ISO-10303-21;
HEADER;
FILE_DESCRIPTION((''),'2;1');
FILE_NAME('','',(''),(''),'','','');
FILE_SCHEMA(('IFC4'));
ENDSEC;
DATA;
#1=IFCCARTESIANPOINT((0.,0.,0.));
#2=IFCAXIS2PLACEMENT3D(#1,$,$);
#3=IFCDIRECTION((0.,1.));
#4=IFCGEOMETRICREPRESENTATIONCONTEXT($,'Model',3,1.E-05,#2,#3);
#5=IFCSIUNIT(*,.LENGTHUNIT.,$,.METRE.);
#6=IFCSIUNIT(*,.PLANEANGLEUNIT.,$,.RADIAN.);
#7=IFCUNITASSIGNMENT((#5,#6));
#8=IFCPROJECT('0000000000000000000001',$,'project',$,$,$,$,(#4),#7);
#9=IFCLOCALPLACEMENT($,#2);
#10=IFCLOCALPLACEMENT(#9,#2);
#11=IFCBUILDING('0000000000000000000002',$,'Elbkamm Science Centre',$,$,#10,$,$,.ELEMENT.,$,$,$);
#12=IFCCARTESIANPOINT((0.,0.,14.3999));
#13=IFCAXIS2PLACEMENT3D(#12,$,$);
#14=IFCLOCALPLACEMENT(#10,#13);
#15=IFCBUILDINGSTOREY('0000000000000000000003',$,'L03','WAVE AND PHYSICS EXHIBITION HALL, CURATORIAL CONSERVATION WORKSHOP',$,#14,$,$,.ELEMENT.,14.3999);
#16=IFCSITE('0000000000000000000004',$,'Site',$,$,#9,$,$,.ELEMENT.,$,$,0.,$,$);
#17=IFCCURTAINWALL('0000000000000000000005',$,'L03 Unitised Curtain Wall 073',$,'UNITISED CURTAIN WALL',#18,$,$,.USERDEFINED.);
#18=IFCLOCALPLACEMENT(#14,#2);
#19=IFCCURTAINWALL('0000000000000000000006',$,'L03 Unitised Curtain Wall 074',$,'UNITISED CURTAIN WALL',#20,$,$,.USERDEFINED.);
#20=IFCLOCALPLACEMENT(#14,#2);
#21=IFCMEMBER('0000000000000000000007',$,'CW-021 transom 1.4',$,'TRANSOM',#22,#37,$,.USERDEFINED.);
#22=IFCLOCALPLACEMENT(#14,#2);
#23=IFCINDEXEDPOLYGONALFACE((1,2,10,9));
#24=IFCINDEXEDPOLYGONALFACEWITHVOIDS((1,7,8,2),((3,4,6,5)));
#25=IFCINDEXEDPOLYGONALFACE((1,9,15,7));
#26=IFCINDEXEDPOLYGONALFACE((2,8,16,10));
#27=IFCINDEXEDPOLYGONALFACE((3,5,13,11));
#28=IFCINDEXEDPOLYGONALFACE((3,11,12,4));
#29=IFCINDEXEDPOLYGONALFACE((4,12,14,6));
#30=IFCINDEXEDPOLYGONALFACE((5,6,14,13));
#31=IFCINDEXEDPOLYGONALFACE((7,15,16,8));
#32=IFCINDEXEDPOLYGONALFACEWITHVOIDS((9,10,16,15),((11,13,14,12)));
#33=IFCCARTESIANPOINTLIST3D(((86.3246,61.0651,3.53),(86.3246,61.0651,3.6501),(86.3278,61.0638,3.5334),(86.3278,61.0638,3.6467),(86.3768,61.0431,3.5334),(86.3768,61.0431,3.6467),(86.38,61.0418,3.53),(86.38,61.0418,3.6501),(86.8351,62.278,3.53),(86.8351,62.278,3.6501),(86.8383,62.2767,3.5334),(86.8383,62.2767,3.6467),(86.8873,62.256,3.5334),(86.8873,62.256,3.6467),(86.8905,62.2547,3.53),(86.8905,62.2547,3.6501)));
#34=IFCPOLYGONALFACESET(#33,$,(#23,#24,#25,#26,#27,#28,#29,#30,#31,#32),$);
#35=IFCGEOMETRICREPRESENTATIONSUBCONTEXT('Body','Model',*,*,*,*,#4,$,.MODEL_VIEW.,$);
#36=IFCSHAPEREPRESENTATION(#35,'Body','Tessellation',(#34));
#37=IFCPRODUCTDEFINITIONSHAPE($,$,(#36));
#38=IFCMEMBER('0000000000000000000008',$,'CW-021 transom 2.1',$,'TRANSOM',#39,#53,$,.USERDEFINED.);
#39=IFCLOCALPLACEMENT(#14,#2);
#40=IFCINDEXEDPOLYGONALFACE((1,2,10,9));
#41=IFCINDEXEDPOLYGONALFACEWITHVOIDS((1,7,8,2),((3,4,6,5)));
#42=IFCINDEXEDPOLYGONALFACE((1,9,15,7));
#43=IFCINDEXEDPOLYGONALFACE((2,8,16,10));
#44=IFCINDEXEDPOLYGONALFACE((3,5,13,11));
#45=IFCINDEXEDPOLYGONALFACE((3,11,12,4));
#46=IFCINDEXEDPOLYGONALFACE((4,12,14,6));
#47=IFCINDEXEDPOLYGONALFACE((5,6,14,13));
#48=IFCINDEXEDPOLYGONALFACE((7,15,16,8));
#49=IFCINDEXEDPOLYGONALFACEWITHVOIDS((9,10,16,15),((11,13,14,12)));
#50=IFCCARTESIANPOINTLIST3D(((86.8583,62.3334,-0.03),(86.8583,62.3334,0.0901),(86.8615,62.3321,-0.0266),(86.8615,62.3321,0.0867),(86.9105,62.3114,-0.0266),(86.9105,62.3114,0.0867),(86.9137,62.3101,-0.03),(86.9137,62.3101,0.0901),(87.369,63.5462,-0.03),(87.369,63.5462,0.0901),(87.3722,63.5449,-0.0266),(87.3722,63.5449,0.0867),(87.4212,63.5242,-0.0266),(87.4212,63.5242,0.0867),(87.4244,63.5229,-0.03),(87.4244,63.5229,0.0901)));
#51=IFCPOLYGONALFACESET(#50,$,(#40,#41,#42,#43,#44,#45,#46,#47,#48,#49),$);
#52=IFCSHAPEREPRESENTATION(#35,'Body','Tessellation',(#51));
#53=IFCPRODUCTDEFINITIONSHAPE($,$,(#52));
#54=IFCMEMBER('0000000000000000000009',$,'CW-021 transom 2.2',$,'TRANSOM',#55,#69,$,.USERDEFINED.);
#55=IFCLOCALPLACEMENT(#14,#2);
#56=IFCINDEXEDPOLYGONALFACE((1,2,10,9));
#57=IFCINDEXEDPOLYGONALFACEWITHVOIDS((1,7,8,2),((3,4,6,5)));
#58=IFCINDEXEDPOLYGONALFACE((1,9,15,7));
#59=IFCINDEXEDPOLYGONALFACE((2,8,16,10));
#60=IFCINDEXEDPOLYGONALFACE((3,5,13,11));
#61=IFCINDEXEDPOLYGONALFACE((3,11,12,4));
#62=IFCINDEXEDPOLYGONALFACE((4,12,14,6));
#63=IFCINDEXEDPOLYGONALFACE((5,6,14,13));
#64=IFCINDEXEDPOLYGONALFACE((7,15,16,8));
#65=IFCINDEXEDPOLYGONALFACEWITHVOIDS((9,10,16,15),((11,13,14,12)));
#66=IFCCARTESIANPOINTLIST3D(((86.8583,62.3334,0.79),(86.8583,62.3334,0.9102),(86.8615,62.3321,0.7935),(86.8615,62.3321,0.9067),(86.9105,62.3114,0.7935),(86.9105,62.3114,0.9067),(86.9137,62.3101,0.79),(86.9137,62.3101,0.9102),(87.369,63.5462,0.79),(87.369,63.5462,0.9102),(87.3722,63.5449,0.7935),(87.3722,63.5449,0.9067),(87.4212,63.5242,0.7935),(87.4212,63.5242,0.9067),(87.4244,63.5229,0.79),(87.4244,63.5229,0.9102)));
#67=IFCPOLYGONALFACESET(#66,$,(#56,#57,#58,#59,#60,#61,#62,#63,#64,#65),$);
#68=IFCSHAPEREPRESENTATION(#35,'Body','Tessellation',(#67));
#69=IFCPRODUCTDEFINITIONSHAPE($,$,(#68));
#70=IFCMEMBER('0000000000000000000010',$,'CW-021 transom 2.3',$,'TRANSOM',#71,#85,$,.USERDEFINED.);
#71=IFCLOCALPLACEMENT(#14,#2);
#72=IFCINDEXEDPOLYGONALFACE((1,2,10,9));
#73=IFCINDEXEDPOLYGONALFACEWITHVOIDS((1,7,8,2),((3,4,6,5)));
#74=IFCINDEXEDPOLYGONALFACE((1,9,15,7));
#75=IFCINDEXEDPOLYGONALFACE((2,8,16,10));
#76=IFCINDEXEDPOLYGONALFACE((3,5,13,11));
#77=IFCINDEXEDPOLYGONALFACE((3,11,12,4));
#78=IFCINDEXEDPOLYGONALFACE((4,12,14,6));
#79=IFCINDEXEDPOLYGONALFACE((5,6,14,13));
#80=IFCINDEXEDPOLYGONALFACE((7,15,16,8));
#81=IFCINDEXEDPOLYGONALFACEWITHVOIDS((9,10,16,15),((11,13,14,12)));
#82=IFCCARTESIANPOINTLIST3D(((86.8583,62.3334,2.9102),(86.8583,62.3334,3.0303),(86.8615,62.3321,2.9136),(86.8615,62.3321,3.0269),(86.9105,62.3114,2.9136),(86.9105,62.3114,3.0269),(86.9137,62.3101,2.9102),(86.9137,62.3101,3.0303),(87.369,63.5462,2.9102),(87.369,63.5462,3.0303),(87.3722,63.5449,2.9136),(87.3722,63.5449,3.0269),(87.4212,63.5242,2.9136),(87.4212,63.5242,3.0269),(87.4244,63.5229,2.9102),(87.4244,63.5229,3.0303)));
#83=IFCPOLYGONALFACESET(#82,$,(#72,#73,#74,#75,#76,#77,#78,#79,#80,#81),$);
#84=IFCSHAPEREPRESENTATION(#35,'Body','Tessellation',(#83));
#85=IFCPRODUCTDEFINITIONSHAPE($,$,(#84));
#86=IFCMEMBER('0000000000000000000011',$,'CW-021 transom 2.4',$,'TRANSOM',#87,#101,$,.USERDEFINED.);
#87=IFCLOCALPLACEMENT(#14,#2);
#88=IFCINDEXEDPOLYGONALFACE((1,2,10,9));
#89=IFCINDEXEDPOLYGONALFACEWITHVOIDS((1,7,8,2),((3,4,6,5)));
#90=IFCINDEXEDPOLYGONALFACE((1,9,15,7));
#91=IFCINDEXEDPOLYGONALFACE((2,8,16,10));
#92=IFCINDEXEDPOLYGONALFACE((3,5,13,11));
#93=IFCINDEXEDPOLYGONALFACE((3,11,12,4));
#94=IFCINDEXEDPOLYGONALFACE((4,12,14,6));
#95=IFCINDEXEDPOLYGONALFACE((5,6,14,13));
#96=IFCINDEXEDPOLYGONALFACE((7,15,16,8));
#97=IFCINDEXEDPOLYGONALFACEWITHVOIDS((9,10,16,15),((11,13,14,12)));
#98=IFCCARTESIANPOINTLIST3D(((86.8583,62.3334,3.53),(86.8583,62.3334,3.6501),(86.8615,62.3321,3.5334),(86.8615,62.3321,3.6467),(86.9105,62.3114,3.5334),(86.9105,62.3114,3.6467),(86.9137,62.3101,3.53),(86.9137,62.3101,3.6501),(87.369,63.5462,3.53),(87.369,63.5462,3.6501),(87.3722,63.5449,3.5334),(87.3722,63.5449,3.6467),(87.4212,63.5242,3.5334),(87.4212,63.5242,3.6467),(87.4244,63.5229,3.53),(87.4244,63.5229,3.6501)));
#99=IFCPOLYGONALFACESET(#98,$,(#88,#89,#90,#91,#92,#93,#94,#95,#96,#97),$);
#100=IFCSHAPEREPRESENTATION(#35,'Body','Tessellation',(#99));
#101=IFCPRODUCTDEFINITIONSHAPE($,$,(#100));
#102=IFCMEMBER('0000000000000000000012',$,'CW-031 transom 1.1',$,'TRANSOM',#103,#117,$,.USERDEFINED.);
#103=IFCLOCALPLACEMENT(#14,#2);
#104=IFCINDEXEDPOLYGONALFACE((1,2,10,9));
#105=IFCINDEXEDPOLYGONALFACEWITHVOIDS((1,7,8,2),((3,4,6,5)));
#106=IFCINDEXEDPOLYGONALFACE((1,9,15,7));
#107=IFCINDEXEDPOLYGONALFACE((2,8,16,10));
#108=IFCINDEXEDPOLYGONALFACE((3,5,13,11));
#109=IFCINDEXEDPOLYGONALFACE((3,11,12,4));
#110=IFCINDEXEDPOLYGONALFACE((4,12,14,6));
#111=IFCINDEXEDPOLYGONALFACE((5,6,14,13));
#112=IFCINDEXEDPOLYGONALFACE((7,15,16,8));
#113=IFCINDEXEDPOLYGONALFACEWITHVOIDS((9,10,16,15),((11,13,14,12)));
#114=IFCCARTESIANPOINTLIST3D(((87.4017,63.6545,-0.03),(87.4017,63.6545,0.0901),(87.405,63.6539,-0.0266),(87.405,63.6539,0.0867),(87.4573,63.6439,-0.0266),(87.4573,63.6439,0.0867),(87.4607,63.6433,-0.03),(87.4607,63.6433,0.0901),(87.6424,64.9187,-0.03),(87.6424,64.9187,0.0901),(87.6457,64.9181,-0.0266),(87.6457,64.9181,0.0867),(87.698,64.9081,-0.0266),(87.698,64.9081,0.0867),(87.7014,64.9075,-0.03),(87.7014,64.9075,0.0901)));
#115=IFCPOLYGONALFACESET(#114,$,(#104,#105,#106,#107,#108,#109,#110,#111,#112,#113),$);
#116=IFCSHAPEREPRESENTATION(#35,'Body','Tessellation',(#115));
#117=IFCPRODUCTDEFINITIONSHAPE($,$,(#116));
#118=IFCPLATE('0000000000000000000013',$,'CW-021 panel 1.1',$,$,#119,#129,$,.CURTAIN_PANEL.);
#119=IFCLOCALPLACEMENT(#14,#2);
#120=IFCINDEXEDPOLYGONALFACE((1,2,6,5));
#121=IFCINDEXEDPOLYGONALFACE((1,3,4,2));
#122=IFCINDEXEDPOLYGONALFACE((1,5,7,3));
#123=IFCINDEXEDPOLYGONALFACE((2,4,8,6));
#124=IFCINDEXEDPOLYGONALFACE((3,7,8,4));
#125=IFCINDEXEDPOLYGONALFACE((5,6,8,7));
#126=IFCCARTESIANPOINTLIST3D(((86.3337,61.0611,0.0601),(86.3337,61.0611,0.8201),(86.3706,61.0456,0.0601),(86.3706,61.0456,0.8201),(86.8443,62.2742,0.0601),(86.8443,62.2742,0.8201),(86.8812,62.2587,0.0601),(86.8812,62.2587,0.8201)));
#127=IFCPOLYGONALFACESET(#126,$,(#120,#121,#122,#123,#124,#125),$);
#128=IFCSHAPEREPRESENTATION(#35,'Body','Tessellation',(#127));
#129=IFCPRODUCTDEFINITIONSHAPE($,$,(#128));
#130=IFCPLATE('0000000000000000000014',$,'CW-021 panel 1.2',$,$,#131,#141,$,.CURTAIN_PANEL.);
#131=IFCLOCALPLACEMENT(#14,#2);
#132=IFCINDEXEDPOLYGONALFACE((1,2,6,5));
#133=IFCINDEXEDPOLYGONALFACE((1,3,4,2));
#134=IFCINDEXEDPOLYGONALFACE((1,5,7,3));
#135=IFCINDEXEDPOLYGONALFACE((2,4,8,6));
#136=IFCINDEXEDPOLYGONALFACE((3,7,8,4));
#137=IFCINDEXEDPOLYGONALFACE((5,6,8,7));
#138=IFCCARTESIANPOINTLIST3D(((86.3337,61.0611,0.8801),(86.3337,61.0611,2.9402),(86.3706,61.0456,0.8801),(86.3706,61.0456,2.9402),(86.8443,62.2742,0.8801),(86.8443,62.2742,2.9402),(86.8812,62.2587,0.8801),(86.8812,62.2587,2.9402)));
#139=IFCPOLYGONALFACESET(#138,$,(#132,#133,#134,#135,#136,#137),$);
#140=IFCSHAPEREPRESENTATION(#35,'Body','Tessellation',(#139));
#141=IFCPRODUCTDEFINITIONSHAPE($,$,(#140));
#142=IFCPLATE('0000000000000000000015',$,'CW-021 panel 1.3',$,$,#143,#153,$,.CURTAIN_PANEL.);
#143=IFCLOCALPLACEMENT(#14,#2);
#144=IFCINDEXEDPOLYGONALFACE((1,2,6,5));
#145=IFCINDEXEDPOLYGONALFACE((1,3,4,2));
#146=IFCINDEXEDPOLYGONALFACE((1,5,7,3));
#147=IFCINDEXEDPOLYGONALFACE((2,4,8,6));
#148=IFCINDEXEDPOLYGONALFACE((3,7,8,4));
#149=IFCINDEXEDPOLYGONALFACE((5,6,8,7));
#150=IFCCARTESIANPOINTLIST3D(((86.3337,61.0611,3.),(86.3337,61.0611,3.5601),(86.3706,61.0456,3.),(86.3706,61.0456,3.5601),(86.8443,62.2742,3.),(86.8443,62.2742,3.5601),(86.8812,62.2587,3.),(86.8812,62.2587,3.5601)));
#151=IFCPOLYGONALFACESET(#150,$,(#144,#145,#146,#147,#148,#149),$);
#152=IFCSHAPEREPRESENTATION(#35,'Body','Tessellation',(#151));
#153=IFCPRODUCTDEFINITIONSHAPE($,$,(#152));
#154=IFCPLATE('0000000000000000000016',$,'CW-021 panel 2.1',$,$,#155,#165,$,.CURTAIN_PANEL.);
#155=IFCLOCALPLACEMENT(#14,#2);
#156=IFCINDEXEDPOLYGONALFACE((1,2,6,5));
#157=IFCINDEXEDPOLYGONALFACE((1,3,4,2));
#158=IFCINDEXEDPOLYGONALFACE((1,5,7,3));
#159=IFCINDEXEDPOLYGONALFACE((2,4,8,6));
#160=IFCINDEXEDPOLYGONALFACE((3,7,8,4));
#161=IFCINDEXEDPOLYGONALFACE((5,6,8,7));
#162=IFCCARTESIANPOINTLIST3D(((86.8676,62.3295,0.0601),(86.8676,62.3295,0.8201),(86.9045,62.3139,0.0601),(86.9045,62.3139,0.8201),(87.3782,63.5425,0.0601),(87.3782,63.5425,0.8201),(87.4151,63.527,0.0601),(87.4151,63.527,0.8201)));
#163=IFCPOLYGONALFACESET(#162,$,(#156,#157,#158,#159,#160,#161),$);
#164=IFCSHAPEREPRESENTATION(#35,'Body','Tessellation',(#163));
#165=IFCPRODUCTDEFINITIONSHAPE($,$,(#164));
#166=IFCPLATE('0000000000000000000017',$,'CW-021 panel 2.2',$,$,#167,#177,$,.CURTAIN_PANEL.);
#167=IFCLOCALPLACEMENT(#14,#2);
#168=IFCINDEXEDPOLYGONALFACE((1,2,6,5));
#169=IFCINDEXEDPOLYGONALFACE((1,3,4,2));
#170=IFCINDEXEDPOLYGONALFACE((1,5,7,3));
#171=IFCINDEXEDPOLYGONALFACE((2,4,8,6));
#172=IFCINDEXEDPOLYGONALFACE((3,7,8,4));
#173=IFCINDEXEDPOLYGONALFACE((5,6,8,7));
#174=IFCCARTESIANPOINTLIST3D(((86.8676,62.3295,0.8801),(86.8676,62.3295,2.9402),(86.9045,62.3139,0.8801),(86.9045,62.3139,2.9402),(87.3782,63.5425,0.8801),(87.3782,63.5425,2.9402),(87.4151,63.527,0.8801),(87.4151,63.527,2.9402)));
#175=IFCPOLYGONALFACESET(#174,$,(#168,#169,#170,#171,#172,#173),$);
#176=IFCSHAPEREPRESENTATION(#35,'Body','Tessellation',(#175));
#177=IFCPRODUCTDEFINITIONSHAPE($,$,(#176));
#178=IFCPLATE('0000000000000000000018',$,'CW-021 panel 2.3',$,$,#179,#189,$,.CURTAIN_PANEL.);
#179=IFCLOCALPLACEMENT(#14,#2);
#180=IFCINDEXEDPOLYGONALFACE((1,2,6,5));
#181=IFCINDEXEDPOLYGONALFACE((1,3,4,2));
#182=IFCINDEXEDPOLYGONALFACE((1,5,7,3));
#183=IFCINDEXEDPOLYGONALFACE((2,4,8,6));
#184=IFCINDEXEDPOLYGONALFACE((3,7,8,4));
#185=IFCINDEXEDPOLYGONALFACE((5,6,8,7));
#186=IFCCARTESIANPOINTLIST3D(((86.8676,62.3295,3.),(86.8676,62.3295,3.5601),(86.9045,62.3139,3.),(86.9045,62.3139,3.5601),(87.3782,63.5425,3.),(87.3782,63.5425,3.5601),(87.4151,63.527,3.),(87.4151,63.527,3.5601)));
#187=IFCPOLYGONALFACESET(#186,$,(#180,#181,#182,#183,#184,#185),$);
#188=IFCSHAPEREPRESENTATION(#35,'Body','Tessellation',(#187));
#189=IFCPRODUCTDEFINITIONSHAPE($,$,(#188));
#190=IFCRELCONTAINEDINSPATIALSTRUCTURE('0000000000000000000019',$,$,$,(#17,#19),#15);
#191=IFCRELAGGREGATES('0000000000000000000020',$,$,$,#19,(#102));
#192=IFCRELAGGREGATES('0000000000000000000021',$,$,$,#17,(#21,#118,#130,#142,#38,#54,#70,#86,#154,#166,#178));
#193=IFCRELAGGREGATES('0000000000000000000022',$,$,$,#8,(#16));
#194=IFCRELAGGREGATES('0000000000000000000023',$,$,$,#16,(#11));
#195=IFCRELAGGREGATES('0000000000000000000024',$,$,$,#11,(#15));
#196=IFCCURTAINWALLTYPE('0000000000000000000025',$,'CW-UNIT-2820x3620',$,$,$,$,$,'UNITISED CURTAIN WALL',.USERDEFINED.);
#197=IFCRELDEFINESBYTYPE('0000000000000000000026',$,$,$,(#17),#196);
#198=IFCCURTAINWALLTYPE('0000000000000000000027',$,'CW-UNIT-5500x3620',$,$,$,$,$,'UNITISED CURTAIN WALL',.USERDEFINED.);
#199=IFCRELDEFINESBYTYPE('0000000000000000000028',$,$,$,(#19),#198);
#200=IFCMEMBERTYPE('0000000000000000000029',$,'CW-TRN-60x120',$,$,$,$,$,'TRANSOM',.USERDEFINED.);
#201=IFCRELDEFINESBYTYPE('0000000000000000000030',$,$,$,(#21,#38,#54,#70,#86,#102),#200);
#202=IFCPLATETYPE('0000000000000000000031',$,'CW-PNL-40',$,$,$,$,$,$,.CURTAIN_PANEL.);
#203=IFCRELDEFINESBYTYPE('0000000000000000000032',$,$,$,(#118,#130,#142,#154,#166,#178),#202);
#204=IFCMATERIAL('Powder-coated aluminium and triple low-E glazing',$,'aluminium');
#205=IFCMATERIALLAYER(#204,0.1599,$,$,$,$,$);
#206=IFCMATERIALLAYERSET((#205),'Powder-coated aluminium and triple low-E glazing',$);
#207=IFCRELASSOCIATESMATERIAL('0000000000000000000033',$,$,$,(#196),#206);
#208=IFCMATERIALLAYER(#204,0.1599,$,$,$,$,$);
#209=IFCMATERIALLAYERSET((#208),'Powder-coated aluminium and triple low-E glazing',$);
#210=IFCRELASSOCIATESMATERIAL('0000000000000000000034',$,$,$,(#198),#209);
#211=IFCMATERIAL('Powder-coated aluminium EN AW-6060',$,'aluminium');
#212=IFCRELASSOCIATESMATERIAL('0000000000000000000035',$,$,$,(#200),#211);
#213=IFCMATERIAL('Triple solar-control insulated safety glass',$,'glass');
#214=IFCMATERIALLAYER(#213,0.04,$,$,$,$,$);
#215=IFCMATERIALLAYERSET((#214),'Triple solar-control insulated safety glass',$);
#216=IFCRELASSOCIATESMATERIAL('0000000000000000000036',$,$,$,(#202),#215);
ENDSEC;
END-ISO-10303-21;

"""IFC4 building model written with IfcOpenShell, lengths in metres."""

from ifc_helpers import new_model, si_unit, direction, frame, origin, origin_2d, place, context, subcontext, project, spatial, rectangle, hollow_rectangle, extrude, material, layer, layer_set, material_profile, profile_set, type_object, element, aggregate, save


model = new_model("IFC4")

# Units and contexts
model_context = context("Model", 3, precision=1e-05, world=origin(), true_north=direction((0.0, 1.0)))
body_context = subcontext(model_context, "Body", "Model", "MODEL_VIEW")
ifc_project = project(units=[si_unit("LENGTHUNIT", "METRE"), si_unit("PLANEANGLEUNIT", "RADIAN")], contexts=[model_context])

# Site, building, storey
site_placement = place(None, origin())
site = spatial("IfcSite", under=ifc_project, at=site_placement, Name="Site", CompositionType="ELEMENT", RefElevation=0.0)
building_placement = place(site_placement, origin())
building = spatial("IfcBuilding", under=site, at=building_placement, Name="Elbkamm Science Centre", CompositionType="ELEMENT")
storey_placement = place(building_placement, frame((0.0, 0.0, 14.3999)))
storey = spatial("IfcBuildingStorey", under=building, at=storey_placement, Name="L03", Description="WAVE AND PHYSICS EXHIBITION HALL, CURATORIAL CONSERVATION WORKSHOP", CompositionType="ELEMENT", Elevation=14.3999)

# Curtain wall
ifc_material_1 = material(Name="Powder-coated aluminium and triple low-E glazing", Category="aluminium")
ifc_layer_1 = layer(ifc_material_1, 0.1599)
ifc_layer_set_1 = layer_set([ifc_layer_1], Name="Powder-coated aluminium and triple low-E glazing")
curtain_wall_type_1 = type_object("IfcCurtainWallType", Name="CW-UNIT-2820x3620", ElementType="UNITISED CURTAIN WALL", PredefinedType="USERDEFINED", material=ifc_layer_set_1)
curtain_wall_1_placement = place(storey_placement, origin())
curtain_wall_1 = element("IfcCurtainWall", 1, at=curtain_wall_1_placement, inside=storey, type_object=curtain_wall_type_1, Name="L03 Unitised Curtain Wall 073", ObjectType="UNITISED CURTAIN WALL", PredefinedType="USERDEFINED")
ifc_material_2 = material(Name="Powder-coated aluminium EN AW-6060", Category="aluminium")

# Curtain wall
ifc_layer_2 = layer(ifc_material_1, 0.1599)
ifc_layer_set_2 = layer_set([ifc_layer_2], Name="Powder-coated aluminium and triple low-E glazing")
curtain_wall_type_2 = type_object("IfcCurtainWallType", Name="CW-UNIT-5500x3620", ElementType="UNITISED CURTAIN WALL", PredefinedType="USERDEFINED", material=ifc_layer_set_2)
curtain_wall_2_placement = place(storey_placement, origin())
curtain_wall_2 = element("IfcCurtainWall", 2, at=curtain_wall_2_placement, inside=storey, type_object=curtain_wall_type_2, Name="L03 Unitised Curtain Wall 074", ObjectType="UNITISED CURTAIN WALL", PredefinedType="USERDEFINED")

# Members
ifc_material_profile_1 = material_profile(ifc_material_2, hollow_rectangle(XDim=0.0601, YDim=0.1201, WallThickness=0.0034, at=origin_2d()), Name="ALU T60x120")
ifc_profile_set_1 = profile_set([ifc_material_profile_1], Name="Powder-coated aluminium EN AW-6060")
member_type_1 = type_object("IfcMemberType", Name="CW-TRN-60x120", ElementType="TRANSOM", PredefinedType="USERDEFINED", material=ifc_profile_set_1)
member_1_placement = place(storey_placement, frame((86.3523, 61.0535, 3.5901), z_axis=(0.387933, 0.921688, 0.0), x_axis=(-0.921688, 0.387933, 0.0)))
member_1 = element("IfcMember", 3, at=member_1_placement, type_object=member_type_1, Name="CW-021 transom 1.4", ObjectType="TRANSOM", PredefinedType="USERDEFINED", context=body_context, shape_type="SweptSolid", body=[
    extrude(hollow_rectangle(XDim=0.0601, YDim=0.1201, WallThickness=0.0034, at=origin_2d()), origin(), (0.0, 0.0, 1.0), 1.3159),
])
member_2_placement = place(storey_placement, frame((86.886, 62.3218, 0.03), z_axis=(0.38809, 0.921621, 0.0), x_axis=(-0.921621, 0.38809, 0.0)))
member_2 = element("IfcMember", 4, at=member_2_placement, type_object=member_type_1, Name="CW-021 transom 2.1", ObjectType="TRANSOM", PredefinedType="USERDEFINED", context=body_context, shape_type="SweptSolid", body=[
    extrude(hollow_rectangle(XDim=0.0601, YDim=0.1201, WallThickness=0.0034, at=origin_2d()), origin(), (0.0, 0.0, 1.0), 1.3159),
])
member_3_placement = place(storey_placement, frame((86.886, 62.3218, 0.8501), z_axis=(0.38809, 0.921621, 0.0), x_axis=(-0.921621, 0.38809, 0.0)))
member_3 = element("IfcMember", 5, at=member_3_placement, type_object=member_type_1, Name="CW-021 transom 2.2", ObjectType="TRANSOM", PredefinedType="USERDEFINED", context=body_context, shape_type="SweptSolid", body=[
    extrude(hollow_rectangle(XDim=0.0601, YDim=0.1201, WallThickness=0.0034, at=origin_2d()), origin(), (0.0, 0.0, 1.0), 1.3159),
])
member_4_placement = place(storey_placement, frame((86.886, 62.3218, 2.9702), z_axis=(0.38809, 0.921621, 0.0), x_axis=(-0.921621, 0.38809, 0.0)))
member_4 = element("IfcMember", 6, at=member_4_placement, type_object=member_type_1, Name="CW-021 transom 2.3", ObjectType="TRANSOM", PredefinedType="USERDEFINED", context=body_context, shape_type="SweptSolid", body=[
    extrude(hollow_rectangle(XDim=0.0601, YDim=0.1201, WallThickness=0.0034, at=origin_2d()), origin(), (0.0, 0.0, 1.0), 1.3159),
])
member_5_placement = place(storey_placement, frame((86.886, 62.3218, 3.5901), z_axis=(0.38809, 0.921621, 0.0), x_axis=(-0.921621, 0.38809, 0.0)))
member_5 = element("IfcMember", 7, at=member_5_placement, type_object=member_type_1, Name="CW-021 transom 2.4", ObjectType="TRANSOM", PredefinedType="USERDEFINED", context=body_context, shape_type="SweptSolid", body=[
    extrude(hollow_rectangle(XDim=0.0601, YDim=0.1201, WallThickness=0.0034, at=origin_2d()), origin(), (0.0, 0.0, 1.0), 1.3159),
])
member_6_placement = place(storey_placement, frame((87.4312, 63.6489, 0.03), z_axis=(0.18706, 0.982349, 0.0), x_axis=(-0.982349, 0.18706, 0.0)))
member_6 = element("IfcMember", 8, at=member_6_placement, type_object=member_type_1, Name="CW-031 transom 1.1", ObjectType="TRANSOM", PredefinedType="USERDEFINED", context=body_context, shape_type="SweptSolid", body=[
    extrude(hollow_rectangle(XDim=0.0601, YDim=0.1201, WallThickness=0.0034, at=origin_2d()), origin(), (0.0, 0.0, 1.0), 1.2869),
])
aggregate(curtain_wall_2, [member_6])

# Plates
ifc_material_3 = material(Name="Triple solar-control insulated safety glass", Category="glass")
ifc_layer_3 = layer(ifc_material_3, 0.04)
ifc_layer_set_3 = layer_set([ifc_layer_3], Name="Triple solar-control insulated safety glass")
plate_type = type_object("IfcPlateType", Name="CW-PNL-40", PredefinedType="CURTAIN_PANEL", material=ifc_layer_set_3)
plate_1_placement = place(storey_placement, frame((86.6074, 61.6599, 0.0601), z_axis=(0.0, 0.0, 1.0), x_axis=(0.387958, 0.921677, 0.0)))
plate_1 = element("IfcPlate", 9, at=plate_1_placement, type_object=plate_type, Name="CW-021 panel 1.1", PredefinedType="CURTAIN_PANEL", context=body_context, shape_type="SweptSolid", body=[
    extrude(rectangle(XDim=1.3162, YDim=0.04, at=origin_2d()), origin(), (0.0, 0.0, 1.0), 0.76),
])
plate_2_placement = place(storey_placement, frame((86.6074, 61.6599, 0.8801), z_axis=(0.0, 0.0, 1.0), x_axis=(0.387958, 0.921677, 0.0)))
plate_2 = element("IfcPlate", 10, at=plate_2_placement, type_object=plate_type, Name="CW-021 panel 1.2", PredefinedType="CURTAIN_PANEL", context=body_context, shape_type="SweptSolid", body=[
    extrude(rectangle(XDim=1.3162, YDim=0.04, at=origin_2d()), origin(), (0.0, 0.0, 1.0), 2.0601),
])
plate_3_placement = place(storey_placement, frame((86.6074, 61.6599, 3.0), z_axis=(0.0, 0.0, 1.0), x_axis=(0.387958, 0.921677, 0.0)))
plate_3 = element("IfcPlate", 11, at=plate_3_placement, type_object=plate_type, Name="CW-021 panel 1.3", PredefinedType="CURTAIN_PANEL", context=body_context, shape_type="SweptSolid", body=[
    extrude(rectangle(XDim=1.3162, YDim=0.04, at=origin_2d()), origin(), (0.0, 0.0, 1.0), 0.5601),
])
plate_4_placement = place(storey_placement, frame((87.1414, 62.9282, 0.0601), z_axis=(0.0, 0.0, 1.0), x_axis=(0.387958, 0.921677, 0.0)))
plate_4 = element("IfcPlate", 12, at=plate_4_placement, type_object=plate_type, Name="CW-021 panel 2.1", PredefinedType="CURTAIN_PANEL", context=body_context, shape_type="SweptSolid", body=[
    extrude(rectangle(XDim=1.3162, YDim=0.04, at=origin_2d()), origin(), (0.0, 0.0, 1.0), 0.76),
])
plate_5_placement = place(storey_placement, frame((87.1414, 62.9282, 0.8801), z_axis=(0.0, 0.0, 1.0), x_axis=(0.387958, 0.921677, 0.0)))
plate_5 = element("IfcPlate", 13, at=plate_5_placement, type_object=plate_type, Name="CW-021 panel 2.2", PredefinedType="CURTAIN_PANEL", context=body_context, shape_type="SweptSolid", body=[
    extrude(rectangle(XDim=1.3162, YDim=0.04, at=origin_2d()), origin(), (0.0, 0.0, 1.0), 2.0601),
])
plate_6_placement = place(storey_placement, frame((87.1414, 62.9282, 3.0), z_axis=(0.0, 0.0, 1.0), x_axis=(0.387958, 0.921677, 0.0)))
plate_6 = element("IfcPlate", 14, at=plate_6_placement, type_object=plate_type, Name="CW-021 panel 2.3", PredefinedType="CURTAIN_PANEL", context=body_context, shape_type="SweptSolid", body=[
    extrude(rectangle(XDim=1.3162, YDim=0.04, at=origin_2d()), origin(), (0.0, 0.0, 1.0), 0.5601),
])
aggregate(curtain_wall_1, [member_1, plate_1, plate_2, plate_3, member_2, member_3, member_4, member_5, plate_4, plate_5, plate_6])

save(model, "model.ifc")
